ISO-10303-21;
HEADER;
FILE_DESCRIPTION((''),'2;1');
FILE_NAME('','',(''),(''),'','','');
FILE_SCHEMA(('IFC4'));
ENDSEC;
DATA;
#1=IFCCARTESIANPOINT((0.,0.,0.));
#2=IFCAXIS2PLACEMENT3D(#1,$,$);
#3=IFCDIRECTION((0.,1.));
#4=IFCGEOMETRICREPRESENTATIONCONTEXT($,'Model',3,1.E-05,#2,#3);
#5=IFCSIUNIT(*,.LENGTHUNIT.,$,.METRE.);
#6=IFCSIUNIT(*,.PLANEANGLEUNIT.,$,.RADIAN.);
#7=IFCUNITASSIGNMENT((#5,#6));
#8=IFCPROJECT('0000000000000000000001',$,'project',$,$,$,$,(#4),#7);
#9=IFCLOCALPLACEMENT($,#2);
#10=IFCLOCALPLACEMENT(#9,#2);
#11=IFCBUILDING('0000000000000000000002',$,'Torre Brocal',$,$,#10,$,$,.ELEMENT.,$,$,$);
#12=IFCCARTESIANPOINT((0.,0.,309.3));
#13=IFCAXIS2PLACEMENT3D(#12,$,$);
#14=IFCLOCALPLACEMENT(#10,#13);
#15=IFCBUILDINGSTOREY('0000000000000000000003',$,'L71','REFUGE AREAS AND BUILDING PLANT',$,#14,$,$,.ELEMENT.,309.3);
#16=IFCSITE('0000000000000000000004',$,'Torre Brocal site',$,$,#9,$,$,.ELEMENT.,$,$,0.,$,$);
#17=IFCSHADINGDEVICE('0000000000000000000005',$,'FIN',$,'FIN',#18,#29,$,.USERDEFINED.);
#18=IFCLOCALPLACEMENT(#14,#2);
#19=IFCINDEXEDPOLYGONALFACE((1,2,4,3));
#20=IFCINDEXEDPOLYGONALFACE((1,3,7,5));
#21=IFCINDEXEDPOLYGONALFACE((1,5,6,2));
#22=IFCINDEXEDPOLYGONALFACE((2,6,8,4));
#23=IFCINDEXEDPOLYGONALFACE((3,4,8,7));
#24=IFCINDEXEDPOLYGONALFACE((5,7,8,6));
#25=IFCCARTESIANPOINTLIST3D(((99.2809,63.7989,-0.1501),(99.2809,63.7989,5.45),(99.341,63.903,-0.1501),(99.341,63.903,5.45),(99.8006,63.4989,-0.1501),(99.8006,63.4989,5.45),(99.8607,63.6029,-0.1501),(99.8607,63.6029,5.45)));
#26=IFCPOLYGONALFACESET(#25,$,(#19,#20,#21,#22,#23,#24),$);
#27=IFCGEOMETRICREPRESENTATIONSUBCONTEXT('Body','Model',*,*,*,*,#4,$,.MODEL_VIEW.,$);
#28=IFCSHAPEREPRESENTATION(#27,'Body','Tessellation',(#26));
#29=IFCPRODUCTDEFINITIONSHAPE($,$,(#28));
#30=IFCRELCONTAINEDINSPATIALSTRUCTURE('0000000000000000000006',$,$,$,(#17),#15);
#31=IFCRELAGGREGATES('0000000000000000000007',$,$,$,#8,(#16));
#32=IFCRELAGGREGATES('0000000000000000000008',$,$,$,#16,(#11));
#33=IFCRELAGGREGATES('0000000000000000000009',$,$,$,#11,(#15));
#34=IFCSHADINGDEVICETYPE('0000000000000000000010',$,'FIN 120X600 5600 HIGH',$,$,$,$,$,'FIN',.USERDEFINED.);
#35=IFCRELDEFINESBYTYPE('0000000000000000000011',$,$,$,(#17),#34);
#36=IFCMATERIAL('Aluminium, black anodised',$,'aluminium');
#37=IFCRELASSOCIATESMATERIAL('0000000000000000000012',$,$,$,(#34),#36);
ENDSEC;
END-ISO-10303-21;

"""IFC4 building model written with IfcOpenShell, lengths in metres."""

from ifc_helpers import new_model, si_unit, direction, frame, origin, origin_2d, place, context, subcontext, project, spatial, rectangle, extrude, material, material_profile, profile_set, type_object, element, save


model = new_model("IFC4")

# Units and contexts
model_context = context("Model", 3, precision=1e-05, world=origin(), true_north=direction((0.0, 1.0)))
body_context = subcontext(model_context, "Body", "Model", "MODEL_VIEW")
ifc_project = project(units=[si_unit("LENGTHUNIT", "METRE"), si_unit("PLANEANGLEUNIT", "RADIAN")], contexts=[model_context])

# Site, building, storey
site_placement = place(None, origin())
site = spatial("IfcSite", under=ifc_project, at=site_placement, Name="Torre Brocal site", CompositionType="ELEMENT", RefElevation=0.0)
building_placement = place(site_placement, origin())
building = spatial("IfcBuilding", under=site, at=building_placement, Name="Torre Brocal", CompositionType="ELEMENT")
storey_placement = place(building_placement, frame((0.0, 0.0, 309.3)))
storey = spatial("IfcBuildingStorey", under=building, at=storey_placement, Name="L71", Description="REFUGE AREAS AND BUILDING PLANT", CompositionType="ELEMENT", Elevation=309.3)

# Shading device
ifc_material_1 = material(Name="Aluminium, black anodised", Category="aluminium")
ifc_material_profile_1 = material_profile(ifc_material_1, rectangle(XDim=0.1201, YDim=0.6001, at=origin_2d()), Name="FIN 120X600 5600 HIGH")
ifc_profile_set_1 = profile_set([ifc_material_profile_1], Name="Aluminium, black anodised")
shading_device_type = type_object("IfcShadingDeviceType", Name="FIN 120X600 5600 HIGH", ElementType="FIN", PredefinedType="USERDEFINED", material=ifc_profile_set_1)
shading_device_placement = place(storey_placement, frame((99.5708, 63.7009, -0.1501), z_axis=(0.0, 0.0, 1.0), x_axis=(0.5, 0.866025, 0.0)))
element("IfcShadingDevice", 1, at=shading_device_placement, inside=storey, type_object=shading_device_type, Name="FIN", ObjectType="FIN", PredefinedType="USERDEFINED", context=body_context, shape_type="SweptSolid", body=[
    extrude(rectangle(XDim=0.1201, YDim=0.6001, at=origin_2d()), origin(), (0.0, 0.0, 1.0), 5.6001),
])

save(model, "model.ifc")
